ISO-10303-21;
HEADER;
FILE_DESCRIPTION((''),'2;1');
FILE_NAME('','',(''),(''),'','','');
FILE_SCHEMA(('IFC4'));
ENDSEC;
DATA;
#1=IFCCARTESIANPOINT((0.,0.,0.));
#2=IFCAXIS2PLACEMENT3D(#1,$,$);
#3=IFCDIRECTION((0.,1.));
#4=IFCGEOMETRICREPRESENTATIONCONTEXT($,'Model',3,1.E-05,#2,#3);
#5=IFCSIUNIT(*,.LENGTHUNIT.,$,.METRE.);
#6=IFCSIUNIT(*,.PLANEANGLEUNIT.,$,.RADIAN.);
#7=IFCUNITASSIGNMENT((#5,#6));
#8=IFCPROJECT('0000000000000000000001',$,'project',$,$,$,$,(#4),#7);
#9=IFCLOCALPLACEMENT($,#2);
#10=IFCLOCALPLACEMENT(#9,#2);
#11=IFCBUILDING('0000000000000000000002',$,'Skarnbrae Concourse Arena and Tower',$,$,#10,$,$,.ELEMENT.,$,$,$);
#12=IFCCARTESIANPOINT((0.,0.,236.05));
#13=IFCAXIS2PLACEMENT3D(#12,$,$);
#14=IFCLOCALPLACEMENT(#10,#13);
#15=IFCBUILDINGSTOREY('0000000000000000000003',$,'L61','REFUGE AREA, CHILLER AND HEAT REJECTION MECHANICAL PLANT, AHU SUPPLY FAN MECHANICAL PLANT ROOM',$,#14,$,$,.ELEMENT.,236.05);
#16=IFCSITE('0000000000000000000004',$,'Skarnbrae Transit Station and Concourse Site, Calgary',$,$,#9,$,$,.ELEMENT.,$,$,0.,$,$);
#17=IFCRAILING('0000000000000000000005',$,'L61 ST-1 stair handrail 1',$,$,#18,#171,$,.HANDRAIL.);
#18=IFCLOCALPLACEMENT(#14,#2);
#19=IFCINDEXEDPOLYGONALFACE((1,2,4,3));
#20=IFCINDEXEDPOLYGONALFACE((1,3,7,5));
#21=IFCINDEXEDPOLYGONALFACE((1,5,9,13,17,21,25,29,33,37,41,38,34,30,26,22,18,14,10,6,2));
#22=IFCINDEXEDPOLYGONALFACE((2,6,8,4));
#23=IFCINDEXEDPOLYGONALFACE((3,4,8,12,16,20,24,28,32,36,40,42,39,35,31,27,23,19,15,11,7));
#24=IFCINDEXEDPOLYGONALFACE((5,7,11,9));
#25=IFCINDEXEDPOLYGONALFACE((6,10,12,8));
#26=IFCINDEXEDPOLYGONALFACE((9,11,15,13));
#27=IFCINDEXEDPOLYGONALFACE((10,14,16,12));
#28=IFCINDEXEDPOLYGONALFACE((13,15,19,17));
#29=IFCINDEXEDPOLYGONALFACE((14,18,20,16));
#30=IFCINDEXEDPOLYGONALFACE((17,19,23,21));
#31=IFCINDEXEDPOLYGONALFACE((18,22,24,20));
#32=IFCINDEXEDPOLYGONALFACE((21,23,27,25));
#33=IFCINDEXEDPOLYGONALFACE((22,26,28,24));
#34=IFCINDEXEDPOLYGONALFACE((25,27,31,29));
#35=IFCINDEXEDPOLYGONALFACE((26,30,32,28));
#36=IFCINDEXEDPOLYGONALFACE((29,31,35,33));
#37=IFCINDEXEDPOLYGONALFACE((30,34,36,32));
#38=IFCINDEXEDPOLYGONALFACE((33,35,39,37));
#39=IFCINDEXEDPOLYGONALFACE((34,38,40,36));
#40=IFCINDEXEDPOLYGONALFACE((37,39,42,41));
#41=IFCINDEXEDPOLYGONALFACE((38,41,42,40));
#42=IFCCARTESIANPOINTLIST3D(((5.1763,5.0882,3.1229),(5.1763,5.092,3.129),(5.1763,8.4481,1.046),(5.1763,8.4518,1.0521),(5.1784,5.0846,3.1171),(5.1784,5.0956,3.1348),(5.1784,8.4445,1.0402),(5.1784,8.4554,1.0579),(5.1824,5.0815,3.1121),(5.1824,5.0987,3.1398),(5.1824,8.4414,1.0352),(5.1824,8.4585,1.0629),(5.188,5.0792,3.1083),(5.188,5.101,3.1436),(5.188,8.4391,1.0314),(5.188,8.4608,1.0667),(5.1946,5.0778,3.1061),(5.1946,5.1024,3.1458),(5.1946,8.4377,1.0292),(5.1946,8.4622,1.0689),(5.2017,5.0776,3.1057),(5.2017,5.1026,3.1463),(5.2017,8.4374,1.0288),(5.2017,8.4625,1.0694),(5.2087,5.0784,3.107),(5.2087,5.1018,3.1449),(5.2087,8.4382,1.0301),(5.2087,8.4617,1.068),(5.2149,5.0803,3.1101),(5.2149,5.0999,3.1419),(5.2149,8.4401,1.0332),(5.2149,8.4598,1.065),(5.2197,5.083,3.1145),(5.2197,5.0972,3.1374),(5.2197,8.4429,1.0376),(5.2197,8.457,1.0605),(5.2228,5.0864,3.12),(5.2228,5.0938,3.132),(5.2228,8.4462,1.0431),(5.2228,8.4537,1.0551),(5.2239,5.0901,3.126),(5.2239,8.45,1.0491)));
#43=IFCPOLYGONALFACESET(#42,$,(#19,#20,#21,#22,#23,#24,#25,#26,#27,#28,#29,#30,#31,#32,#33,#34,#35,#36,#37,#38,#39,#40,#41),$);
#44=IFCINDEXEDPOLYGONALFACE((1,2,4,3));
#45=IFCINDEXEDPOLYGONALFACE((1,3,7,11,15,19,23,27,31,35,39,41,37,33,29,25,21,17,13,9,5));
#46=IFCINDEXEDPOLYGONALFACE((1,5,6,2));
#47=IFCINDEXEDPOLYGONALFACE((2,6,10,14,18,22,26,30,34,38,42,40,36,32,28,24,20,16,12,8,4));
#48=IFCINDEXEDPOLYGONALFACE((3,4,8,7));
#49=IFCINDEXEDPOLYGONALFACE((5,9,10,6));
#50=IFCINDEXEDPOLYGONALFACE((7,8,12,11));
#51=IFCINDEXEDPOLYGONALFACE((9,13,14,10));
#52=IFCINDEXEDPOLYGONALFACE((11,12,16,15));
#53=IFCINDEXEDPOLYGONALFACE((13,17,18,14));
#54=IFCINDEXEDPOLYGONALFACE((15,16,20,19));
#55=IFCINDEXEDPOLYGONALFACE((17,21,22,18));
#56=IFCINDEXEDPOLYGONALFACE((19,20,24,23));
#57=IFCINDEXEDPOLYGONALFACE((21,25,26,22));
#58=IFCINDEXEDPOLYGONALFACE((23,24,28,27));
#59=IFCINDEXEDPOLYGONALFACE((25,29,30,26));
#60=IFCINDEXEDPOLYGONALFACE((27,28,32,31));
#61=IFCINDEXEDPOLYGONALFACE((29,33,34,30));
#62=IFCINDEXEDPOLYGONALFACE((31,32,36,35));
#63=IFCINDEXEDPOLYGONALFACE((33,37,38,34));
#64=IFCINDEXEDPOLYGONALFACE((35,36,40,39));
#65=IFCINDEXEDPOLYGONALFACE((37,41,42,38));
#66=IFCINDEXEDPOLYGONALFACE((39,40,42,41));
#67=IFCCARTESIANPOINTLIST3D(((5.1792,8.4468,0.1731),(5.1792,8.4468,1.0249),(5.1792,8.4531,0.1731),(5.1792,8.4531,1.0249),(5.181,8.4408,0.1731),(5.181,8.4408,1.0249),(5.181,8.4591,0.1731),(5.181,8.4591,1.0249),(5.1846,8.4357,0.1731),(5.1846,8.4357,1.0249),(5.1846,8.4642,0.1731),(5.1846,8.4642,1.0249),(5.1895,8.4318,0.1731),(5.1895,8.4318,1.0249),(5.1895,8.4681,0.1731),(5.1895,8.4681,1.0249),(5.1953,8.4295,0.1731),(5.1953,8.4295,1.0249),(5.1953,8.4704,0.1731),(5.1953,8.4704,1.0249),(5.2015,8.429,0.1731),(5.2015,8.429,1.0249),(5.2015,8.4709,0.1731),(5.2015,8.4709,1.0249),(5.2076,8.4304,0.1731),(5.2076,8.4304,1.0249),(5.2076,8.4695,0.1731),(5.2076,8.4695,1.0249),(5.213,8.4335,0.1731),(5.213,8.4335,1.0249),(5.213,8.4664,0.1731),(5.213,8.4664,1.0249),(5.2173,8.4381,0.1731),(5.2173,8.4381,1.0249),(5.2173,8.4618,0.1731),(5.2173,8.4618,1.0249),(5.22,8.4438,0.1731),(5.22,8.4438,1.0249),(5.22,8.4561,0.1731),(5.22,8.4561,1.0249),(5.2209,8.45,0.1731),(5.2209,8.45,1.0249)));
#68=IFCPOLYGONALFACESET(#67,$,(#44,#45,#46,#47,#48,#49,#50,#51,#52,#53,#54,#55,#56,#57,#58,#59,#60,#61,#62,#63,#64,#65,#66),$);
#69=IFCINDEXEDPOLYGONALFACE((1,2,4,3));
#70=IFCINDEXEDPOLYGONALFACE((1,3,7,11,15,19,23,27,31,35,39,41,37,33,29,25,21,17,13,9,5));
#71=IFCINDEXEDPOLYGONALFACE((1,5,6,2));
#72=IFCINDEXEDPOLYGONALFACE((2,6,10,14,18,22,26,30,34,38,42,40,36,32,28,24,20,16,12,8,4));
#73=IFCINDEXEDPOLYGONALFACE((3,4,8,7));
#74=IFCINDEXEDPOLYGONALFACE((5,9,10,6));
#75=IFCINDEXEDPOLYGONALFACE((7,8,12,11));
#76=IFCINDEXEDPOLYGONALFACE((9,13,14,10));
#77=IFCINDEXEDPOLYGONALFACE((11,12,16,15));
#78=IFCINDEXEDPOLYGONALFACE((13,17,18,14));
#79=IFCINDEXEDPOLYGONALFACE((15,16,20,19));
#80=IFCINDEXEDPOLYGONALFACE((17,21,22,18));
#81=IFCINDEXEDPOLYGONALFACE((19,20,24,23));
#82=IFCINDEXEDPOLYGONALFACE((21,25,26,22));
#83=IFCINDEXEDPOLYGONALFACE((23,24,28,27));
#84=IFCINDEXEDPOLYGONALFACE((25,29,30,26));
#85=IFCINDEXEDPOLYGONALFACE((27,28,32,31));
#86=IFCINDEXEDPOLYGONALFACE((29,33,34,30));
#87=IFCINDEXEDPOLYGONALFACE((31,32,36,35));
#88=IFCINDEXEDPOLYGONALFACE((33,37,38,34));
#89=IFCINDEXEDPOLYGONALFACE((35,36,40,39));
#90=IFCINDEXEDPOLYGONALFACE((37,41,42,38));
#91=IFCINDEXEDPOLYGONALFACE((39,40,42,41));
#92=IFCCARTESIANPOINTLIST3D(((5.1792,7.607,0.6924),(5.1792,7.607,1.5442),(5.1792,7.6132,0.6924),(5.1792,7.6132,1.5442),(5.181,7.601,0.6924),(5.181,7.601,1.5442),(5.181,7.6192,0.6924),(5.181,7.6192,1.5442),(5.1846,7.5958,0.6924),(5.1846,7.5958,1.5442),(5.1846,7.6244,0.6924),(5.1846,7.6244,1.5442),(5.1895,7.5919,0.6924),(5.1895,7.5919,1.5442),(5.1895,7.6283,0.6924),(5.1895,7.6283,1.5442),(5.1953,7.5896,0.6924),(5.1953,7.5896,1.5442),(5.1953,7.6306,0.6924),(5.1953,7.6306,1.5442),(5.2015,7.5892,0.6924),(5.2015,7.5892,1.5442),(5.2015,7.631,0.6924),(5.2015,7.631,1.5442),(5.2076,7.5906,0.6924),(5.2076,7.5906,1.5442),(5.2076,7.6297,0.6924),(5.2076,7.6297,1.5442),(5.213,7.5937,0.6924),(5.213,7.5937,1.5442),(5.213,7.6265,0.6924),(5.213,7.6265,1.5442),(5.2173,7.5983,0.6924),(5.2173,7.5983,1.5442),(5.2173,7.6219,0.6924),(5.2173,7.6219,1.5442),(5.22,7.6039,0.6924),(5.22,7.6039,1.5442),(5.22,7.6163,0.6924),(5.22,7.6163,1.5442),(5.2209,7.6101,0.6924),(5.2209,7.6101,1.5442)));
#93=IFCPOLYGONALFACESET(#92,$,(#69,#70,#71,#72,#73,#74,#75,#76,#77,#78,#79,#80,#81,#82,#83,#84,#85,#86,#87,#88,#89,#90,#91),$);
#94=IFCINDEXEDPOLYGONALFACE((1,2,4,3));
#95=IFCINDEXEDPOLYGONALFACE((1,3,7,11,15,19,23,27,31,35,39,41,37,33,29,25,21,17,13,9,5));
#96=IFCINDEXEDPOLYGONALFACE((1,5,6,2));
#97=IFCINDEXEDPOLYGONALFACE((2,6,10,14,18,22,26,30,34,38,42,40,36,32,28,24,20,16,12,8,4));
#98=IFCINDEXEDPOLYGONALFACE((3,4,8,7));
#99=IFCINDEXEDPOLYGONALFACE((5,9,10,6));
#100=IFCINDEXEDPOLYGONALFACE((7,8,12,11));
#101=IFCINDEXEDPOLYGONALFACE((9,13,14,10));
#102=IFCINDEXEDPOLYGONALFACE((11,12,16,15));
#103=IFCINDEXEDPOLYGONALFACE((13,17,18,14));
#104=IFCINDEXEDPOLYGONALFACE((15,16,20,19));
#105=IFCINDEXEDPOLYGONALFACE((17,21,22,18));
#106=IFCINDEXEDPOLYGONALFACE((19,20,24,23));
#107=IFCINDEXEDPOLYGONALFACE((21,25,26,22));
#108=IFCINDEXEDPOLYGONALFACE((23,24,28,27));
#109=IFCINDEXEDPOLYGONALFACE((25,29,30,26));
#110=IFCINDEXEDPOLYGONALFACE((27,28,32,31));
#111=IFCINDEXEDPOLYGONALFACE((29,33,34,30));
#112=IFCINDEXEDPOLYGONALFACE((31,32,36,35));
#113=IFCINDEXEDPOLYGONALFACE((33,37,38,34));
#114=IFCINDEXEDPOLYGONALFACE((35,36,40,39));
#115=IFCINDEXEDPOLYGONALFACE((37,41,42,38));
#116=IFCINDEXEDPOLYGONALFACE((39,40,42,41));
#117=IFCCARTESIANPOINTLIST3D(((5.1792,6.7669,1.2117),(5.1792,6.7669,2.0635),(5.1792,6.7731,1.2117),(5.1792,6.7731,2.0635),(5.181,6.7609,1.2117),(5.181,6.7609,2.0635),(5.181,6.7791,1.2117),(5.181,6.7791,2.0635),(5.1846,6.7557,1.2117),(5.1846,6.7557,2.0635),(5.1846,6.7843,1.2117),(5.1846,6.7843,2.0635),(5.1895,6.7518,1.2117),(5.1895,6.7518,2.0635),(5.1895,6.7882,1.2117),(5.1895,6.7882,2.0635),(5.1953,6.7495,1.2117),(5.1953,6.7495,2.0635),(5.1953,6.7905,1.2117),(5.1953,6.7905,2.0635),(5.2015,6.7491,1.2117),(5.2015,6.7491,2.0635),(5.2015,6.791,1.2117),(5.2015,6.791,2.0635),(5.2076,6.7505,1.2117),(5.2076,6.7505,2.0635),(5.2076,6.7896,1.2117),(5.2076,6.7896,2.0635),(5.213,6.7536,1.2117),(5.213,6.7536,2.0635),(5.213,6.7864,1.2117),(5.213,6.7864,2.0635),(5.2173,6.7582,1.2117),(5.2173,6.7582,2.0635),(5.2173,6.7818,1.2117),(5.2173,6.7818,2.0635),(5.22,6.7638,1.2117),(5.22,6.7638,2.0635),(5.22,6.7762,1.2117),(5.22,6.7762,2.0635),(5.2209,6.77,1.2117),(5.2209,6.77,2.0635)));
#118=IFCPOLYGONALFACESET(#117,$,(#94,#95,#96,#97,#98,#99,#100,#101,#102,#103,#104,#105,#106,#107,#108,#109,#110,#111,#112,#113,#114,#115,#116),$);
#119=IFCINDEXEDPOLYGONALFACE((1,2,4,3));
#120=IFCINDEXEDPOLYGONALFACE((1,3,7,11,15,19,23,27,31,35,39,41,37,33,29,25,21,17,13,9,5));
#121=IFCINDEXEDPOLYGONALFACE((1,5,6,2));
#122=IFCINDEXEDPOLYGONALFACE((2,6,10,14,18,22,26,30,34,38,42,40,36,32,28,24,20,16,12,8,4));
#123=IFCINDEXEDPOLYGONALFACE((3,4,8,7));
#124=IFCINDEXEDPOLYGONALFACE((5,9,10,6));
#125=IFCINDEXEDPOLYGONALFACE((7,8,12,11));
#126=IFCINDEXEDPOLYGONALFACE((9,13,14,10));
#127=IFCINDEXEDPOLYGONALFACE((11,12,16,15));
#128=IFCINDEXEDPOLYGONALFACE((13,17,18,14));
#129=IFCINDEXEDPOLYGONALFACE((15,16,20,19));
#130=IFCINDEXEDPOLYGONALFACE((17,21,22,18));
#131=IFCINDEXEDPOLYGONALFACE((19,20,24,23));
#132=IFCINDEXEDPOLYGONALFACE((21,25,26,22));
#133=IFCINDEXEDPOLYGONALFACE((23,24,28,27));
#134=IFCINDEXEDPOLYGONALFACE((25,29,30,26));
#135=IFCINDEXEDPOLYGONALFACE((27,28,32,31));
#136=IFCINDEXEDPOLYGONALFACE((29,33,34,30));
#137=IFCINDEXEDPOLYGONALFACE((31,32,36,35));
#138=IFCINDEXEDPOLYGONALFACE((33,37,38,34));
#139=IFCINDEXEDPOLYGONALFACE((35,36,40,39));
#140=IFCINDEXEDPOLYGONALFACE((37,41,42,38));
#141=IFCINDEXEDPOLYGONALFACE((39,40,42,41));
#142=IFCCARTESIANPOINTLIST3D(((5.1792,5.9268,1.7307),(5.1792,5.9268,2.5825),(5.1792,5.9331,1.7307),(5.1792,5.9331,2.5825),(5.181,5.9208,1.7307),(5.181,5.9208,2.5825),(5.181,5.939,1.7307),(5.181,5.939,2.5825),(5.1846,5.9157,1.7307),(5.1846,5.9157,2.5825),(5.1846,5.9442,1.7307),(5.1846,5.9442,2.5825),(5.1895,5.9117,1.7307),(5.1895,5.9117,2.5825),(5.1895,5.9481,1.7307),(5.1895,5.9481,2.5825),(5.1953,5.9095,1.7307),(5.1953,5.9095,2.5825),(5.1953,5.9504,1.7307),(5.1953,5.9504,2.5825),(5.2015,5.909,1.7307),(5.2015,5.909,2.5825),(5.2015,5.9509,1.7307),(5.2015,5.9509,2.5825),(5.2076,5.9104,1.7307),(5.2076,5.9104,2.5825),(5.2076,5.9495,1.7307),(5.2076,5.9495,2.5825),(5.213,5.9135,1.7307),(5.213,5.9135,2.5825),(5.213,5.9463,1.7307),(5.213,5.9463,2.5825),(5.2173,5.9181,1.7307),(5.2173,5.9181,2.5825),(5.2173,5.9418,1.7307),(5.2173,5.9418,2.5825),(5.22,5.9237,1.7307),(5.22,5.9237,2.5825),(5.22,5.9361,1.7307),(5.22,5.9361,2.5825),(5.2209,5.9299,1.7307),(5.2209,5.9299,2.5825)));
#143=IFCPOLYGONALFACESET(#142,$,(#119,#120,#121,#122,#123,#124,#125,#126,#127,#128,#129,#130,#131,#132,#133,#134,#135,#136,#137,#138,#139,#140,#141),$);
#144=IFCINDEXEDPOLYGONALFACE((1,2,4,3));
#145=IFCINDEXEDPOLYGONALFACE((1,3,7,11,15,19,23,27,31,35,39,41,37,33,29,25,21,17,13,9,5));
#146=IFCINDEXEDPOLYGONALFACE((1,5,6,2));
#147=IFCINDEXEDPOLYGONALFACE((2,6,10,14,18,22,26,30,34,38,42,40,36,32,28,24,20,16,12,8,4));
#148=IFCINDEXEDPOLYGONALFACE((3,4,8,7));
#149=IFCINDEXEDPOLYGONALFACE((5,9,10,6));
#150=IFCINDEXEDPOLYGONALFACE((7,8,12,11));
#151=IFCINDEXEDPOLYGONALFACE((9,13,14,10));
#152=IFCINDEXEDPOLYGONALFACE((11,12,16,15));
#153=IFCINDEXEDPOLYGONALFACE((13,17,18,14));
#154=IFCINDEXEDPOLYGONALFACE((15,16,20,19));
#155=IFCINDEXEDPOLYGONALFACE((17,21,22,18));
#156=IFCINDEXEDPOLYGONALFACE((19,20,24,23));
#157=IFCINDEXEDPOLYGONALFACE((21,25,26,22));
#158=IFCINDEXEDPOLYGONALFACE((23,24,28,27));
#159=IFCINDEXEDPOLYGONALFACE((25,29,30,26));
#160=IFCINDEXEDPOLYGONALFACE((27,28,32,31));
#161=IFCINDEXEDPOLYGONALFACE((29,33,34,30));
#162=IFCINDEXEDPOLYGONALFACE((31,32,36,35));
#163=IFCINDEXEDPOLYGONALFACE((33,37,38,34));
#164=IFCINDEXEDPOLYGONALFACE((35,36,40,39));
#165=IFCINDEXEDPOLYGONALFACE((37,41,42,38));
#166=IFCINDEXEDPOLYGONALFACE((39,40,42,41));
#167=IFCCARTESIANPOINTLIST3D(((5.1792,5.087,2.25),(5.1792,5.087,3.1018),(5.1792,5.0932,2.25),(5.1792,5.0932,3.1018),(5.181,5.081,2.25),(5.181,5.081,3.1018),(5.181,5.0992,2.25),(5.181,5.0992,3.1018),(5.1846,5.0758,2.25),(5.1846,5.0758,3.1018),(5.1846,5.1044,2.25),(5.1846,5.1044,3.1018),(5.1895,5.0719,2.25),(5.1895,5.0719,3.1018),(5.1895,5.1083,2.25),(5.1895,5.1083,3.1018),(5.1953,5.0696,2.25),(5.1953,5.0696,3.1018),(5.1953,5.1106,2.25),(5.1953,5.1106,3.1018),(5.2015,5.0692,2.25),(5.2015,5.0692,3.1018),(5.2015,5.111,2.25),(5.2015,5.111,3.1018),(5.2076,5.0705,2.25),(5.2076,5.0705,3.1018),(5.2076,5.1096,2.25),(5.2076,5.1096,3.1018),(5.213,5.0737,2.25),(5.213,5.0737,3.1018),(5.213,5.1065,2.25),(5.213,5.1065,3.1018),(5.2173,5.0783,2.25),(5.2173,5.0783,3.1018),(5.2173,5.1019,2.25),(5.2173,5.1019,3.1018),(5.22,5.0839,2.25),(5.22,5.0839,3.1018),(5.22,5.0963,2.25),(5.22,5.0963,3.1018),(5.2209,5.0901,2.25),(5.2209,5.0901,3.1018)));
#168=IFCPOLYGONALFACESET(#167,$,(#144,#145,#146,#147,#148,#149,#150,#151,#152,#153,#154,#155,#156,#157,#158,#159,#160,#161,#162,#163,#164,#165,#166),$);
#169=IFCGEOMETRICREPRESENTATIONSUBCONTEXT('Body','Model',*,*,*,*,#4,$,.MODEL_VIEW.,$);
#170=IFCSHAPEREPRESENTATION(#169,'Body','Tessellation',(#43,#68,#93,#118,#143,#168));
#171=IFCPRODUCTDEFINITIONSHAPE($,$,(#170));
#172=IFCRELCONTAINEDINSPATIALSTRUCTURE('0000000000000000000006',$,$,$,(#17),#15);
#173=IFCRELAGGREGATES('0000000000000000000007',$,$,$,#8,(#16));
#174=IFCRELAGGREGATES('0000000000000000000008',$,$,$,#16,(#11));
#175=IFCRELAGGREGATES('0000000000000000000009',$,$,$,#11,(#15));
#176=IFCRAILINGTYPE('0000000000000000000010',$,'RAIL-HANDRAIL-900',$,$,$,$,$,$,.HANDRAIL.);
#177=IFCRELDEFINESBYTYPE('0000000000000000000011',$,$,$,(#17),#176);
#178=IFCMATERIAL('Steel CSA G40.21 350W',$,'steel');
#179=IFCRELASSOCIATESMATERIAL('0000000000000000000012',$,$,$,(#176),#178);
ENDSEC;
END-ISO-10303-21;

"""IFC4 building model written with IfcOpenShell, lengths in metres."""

from ifc_helpers import new_model, si_unit, direction, frame, origin, origin_2d, place, context, subcontext, project, spatial, circle, extrude, material, type_object, element, save


model = new_model("IFC4")

# Units and contexts
model_context = context("Model", 3, precision=1e-05, world=origin(), true_north=direction((0.0, 1.0)))
body_context = subcontext(model_context, "Body", "Model", "MODEL_VIEW")
ifc_project = project(units=[si_unit("LENGTHUNIT", "METRE"), si_unit("PLANEANGLEUNIT", "RADIAN")], contexts=[model_context])

# Site, building, storey
site_placement = place(None, origin())
site = spatial("IfcSite", under=ifc_project, at=site_placement, Name="Skarnbrae Transit Station and Concourse Site, Calgary", CompositionType="ELEMENT", RefElevation=0.0)
building_placement = place(site_placement, origin())
building = spatial("IfcBuilding", under=site, at=building_placement, Name="Skarnbrae Concourse Arena and Tower", CompositionType="ELEMENT")
storey_placement = place(building_placement, frame((0.0, 0.0, 236.05)))
storey = spatial("IfcBuildingStorey", under=building, at=storey_placement, Name="L61", Description="REFUGE AREA, CHILLER AND HEAT REJECTION MECHANICAL PLANT, AHU SUPPLY FAN MECHANICAL PLANT ROOM", CompositionType="ELEMENT", Elevation=236.05)

# Shared definitions
ifc_material_1 = material(Name="Steel CSA G40.21 350W", Category="steel")

# Railing
railing_type_1 = type_object("IfcRailingType", Name="RAIL-HANDRAIL-900", PredefinedType="HANDRAIL", material=ifc_material_1)
railing_1_placement = place(storey_placement, frame((5.2, 8.45, 0.1731)))
element("IfcRailing", 1, at=railing_1_placement, inside=storey, type_object=railing_type_1, Name="L61 ST-1 stair handrail 1", PredefinedType="HANDRAIL", context=body_context, shape_type="SweptSolid", body=[
    extrude(circle(Radius=0.0239, at=origin_2d()), frame((0.0, 0.0, 0.876), z_axis=(0.0, -0.850606, 0.525803), x_axis=(1.0, 0.0, 0.0)), (0.0, 0.0, 1.0), 3.95),
    extrude(circle(Radius=0.021, at=origin_2d()), origin(), (0.0, 0.0, 1.0), 0.8518),
    extrude(circle(Radius=0.021, at=origin_2d()), frame((0.0, -0.8398, 0.5193)), (0.0, 0.0, 1.0), 0.8518),
    extrude(circle(Radius=0.021, at=origin_2d()), frame((0.0, -1.6799, 1.0386)), (0.0, 0.0, 1.0), 0.8518),
    extrude(circle(Radius=0.021, at=origin_2d()), frame((0.0, -2.52, 1.5576)), (0.0, 0.0, 1.0), 0.8518),
    extrude(circle(Radius=0.021, at=origin_2d()), frame((0.0, -3.3599, 2.0769)), (0.0, 0.0, 1.0), 0.8518),
])

save(model, "model.ifc")
